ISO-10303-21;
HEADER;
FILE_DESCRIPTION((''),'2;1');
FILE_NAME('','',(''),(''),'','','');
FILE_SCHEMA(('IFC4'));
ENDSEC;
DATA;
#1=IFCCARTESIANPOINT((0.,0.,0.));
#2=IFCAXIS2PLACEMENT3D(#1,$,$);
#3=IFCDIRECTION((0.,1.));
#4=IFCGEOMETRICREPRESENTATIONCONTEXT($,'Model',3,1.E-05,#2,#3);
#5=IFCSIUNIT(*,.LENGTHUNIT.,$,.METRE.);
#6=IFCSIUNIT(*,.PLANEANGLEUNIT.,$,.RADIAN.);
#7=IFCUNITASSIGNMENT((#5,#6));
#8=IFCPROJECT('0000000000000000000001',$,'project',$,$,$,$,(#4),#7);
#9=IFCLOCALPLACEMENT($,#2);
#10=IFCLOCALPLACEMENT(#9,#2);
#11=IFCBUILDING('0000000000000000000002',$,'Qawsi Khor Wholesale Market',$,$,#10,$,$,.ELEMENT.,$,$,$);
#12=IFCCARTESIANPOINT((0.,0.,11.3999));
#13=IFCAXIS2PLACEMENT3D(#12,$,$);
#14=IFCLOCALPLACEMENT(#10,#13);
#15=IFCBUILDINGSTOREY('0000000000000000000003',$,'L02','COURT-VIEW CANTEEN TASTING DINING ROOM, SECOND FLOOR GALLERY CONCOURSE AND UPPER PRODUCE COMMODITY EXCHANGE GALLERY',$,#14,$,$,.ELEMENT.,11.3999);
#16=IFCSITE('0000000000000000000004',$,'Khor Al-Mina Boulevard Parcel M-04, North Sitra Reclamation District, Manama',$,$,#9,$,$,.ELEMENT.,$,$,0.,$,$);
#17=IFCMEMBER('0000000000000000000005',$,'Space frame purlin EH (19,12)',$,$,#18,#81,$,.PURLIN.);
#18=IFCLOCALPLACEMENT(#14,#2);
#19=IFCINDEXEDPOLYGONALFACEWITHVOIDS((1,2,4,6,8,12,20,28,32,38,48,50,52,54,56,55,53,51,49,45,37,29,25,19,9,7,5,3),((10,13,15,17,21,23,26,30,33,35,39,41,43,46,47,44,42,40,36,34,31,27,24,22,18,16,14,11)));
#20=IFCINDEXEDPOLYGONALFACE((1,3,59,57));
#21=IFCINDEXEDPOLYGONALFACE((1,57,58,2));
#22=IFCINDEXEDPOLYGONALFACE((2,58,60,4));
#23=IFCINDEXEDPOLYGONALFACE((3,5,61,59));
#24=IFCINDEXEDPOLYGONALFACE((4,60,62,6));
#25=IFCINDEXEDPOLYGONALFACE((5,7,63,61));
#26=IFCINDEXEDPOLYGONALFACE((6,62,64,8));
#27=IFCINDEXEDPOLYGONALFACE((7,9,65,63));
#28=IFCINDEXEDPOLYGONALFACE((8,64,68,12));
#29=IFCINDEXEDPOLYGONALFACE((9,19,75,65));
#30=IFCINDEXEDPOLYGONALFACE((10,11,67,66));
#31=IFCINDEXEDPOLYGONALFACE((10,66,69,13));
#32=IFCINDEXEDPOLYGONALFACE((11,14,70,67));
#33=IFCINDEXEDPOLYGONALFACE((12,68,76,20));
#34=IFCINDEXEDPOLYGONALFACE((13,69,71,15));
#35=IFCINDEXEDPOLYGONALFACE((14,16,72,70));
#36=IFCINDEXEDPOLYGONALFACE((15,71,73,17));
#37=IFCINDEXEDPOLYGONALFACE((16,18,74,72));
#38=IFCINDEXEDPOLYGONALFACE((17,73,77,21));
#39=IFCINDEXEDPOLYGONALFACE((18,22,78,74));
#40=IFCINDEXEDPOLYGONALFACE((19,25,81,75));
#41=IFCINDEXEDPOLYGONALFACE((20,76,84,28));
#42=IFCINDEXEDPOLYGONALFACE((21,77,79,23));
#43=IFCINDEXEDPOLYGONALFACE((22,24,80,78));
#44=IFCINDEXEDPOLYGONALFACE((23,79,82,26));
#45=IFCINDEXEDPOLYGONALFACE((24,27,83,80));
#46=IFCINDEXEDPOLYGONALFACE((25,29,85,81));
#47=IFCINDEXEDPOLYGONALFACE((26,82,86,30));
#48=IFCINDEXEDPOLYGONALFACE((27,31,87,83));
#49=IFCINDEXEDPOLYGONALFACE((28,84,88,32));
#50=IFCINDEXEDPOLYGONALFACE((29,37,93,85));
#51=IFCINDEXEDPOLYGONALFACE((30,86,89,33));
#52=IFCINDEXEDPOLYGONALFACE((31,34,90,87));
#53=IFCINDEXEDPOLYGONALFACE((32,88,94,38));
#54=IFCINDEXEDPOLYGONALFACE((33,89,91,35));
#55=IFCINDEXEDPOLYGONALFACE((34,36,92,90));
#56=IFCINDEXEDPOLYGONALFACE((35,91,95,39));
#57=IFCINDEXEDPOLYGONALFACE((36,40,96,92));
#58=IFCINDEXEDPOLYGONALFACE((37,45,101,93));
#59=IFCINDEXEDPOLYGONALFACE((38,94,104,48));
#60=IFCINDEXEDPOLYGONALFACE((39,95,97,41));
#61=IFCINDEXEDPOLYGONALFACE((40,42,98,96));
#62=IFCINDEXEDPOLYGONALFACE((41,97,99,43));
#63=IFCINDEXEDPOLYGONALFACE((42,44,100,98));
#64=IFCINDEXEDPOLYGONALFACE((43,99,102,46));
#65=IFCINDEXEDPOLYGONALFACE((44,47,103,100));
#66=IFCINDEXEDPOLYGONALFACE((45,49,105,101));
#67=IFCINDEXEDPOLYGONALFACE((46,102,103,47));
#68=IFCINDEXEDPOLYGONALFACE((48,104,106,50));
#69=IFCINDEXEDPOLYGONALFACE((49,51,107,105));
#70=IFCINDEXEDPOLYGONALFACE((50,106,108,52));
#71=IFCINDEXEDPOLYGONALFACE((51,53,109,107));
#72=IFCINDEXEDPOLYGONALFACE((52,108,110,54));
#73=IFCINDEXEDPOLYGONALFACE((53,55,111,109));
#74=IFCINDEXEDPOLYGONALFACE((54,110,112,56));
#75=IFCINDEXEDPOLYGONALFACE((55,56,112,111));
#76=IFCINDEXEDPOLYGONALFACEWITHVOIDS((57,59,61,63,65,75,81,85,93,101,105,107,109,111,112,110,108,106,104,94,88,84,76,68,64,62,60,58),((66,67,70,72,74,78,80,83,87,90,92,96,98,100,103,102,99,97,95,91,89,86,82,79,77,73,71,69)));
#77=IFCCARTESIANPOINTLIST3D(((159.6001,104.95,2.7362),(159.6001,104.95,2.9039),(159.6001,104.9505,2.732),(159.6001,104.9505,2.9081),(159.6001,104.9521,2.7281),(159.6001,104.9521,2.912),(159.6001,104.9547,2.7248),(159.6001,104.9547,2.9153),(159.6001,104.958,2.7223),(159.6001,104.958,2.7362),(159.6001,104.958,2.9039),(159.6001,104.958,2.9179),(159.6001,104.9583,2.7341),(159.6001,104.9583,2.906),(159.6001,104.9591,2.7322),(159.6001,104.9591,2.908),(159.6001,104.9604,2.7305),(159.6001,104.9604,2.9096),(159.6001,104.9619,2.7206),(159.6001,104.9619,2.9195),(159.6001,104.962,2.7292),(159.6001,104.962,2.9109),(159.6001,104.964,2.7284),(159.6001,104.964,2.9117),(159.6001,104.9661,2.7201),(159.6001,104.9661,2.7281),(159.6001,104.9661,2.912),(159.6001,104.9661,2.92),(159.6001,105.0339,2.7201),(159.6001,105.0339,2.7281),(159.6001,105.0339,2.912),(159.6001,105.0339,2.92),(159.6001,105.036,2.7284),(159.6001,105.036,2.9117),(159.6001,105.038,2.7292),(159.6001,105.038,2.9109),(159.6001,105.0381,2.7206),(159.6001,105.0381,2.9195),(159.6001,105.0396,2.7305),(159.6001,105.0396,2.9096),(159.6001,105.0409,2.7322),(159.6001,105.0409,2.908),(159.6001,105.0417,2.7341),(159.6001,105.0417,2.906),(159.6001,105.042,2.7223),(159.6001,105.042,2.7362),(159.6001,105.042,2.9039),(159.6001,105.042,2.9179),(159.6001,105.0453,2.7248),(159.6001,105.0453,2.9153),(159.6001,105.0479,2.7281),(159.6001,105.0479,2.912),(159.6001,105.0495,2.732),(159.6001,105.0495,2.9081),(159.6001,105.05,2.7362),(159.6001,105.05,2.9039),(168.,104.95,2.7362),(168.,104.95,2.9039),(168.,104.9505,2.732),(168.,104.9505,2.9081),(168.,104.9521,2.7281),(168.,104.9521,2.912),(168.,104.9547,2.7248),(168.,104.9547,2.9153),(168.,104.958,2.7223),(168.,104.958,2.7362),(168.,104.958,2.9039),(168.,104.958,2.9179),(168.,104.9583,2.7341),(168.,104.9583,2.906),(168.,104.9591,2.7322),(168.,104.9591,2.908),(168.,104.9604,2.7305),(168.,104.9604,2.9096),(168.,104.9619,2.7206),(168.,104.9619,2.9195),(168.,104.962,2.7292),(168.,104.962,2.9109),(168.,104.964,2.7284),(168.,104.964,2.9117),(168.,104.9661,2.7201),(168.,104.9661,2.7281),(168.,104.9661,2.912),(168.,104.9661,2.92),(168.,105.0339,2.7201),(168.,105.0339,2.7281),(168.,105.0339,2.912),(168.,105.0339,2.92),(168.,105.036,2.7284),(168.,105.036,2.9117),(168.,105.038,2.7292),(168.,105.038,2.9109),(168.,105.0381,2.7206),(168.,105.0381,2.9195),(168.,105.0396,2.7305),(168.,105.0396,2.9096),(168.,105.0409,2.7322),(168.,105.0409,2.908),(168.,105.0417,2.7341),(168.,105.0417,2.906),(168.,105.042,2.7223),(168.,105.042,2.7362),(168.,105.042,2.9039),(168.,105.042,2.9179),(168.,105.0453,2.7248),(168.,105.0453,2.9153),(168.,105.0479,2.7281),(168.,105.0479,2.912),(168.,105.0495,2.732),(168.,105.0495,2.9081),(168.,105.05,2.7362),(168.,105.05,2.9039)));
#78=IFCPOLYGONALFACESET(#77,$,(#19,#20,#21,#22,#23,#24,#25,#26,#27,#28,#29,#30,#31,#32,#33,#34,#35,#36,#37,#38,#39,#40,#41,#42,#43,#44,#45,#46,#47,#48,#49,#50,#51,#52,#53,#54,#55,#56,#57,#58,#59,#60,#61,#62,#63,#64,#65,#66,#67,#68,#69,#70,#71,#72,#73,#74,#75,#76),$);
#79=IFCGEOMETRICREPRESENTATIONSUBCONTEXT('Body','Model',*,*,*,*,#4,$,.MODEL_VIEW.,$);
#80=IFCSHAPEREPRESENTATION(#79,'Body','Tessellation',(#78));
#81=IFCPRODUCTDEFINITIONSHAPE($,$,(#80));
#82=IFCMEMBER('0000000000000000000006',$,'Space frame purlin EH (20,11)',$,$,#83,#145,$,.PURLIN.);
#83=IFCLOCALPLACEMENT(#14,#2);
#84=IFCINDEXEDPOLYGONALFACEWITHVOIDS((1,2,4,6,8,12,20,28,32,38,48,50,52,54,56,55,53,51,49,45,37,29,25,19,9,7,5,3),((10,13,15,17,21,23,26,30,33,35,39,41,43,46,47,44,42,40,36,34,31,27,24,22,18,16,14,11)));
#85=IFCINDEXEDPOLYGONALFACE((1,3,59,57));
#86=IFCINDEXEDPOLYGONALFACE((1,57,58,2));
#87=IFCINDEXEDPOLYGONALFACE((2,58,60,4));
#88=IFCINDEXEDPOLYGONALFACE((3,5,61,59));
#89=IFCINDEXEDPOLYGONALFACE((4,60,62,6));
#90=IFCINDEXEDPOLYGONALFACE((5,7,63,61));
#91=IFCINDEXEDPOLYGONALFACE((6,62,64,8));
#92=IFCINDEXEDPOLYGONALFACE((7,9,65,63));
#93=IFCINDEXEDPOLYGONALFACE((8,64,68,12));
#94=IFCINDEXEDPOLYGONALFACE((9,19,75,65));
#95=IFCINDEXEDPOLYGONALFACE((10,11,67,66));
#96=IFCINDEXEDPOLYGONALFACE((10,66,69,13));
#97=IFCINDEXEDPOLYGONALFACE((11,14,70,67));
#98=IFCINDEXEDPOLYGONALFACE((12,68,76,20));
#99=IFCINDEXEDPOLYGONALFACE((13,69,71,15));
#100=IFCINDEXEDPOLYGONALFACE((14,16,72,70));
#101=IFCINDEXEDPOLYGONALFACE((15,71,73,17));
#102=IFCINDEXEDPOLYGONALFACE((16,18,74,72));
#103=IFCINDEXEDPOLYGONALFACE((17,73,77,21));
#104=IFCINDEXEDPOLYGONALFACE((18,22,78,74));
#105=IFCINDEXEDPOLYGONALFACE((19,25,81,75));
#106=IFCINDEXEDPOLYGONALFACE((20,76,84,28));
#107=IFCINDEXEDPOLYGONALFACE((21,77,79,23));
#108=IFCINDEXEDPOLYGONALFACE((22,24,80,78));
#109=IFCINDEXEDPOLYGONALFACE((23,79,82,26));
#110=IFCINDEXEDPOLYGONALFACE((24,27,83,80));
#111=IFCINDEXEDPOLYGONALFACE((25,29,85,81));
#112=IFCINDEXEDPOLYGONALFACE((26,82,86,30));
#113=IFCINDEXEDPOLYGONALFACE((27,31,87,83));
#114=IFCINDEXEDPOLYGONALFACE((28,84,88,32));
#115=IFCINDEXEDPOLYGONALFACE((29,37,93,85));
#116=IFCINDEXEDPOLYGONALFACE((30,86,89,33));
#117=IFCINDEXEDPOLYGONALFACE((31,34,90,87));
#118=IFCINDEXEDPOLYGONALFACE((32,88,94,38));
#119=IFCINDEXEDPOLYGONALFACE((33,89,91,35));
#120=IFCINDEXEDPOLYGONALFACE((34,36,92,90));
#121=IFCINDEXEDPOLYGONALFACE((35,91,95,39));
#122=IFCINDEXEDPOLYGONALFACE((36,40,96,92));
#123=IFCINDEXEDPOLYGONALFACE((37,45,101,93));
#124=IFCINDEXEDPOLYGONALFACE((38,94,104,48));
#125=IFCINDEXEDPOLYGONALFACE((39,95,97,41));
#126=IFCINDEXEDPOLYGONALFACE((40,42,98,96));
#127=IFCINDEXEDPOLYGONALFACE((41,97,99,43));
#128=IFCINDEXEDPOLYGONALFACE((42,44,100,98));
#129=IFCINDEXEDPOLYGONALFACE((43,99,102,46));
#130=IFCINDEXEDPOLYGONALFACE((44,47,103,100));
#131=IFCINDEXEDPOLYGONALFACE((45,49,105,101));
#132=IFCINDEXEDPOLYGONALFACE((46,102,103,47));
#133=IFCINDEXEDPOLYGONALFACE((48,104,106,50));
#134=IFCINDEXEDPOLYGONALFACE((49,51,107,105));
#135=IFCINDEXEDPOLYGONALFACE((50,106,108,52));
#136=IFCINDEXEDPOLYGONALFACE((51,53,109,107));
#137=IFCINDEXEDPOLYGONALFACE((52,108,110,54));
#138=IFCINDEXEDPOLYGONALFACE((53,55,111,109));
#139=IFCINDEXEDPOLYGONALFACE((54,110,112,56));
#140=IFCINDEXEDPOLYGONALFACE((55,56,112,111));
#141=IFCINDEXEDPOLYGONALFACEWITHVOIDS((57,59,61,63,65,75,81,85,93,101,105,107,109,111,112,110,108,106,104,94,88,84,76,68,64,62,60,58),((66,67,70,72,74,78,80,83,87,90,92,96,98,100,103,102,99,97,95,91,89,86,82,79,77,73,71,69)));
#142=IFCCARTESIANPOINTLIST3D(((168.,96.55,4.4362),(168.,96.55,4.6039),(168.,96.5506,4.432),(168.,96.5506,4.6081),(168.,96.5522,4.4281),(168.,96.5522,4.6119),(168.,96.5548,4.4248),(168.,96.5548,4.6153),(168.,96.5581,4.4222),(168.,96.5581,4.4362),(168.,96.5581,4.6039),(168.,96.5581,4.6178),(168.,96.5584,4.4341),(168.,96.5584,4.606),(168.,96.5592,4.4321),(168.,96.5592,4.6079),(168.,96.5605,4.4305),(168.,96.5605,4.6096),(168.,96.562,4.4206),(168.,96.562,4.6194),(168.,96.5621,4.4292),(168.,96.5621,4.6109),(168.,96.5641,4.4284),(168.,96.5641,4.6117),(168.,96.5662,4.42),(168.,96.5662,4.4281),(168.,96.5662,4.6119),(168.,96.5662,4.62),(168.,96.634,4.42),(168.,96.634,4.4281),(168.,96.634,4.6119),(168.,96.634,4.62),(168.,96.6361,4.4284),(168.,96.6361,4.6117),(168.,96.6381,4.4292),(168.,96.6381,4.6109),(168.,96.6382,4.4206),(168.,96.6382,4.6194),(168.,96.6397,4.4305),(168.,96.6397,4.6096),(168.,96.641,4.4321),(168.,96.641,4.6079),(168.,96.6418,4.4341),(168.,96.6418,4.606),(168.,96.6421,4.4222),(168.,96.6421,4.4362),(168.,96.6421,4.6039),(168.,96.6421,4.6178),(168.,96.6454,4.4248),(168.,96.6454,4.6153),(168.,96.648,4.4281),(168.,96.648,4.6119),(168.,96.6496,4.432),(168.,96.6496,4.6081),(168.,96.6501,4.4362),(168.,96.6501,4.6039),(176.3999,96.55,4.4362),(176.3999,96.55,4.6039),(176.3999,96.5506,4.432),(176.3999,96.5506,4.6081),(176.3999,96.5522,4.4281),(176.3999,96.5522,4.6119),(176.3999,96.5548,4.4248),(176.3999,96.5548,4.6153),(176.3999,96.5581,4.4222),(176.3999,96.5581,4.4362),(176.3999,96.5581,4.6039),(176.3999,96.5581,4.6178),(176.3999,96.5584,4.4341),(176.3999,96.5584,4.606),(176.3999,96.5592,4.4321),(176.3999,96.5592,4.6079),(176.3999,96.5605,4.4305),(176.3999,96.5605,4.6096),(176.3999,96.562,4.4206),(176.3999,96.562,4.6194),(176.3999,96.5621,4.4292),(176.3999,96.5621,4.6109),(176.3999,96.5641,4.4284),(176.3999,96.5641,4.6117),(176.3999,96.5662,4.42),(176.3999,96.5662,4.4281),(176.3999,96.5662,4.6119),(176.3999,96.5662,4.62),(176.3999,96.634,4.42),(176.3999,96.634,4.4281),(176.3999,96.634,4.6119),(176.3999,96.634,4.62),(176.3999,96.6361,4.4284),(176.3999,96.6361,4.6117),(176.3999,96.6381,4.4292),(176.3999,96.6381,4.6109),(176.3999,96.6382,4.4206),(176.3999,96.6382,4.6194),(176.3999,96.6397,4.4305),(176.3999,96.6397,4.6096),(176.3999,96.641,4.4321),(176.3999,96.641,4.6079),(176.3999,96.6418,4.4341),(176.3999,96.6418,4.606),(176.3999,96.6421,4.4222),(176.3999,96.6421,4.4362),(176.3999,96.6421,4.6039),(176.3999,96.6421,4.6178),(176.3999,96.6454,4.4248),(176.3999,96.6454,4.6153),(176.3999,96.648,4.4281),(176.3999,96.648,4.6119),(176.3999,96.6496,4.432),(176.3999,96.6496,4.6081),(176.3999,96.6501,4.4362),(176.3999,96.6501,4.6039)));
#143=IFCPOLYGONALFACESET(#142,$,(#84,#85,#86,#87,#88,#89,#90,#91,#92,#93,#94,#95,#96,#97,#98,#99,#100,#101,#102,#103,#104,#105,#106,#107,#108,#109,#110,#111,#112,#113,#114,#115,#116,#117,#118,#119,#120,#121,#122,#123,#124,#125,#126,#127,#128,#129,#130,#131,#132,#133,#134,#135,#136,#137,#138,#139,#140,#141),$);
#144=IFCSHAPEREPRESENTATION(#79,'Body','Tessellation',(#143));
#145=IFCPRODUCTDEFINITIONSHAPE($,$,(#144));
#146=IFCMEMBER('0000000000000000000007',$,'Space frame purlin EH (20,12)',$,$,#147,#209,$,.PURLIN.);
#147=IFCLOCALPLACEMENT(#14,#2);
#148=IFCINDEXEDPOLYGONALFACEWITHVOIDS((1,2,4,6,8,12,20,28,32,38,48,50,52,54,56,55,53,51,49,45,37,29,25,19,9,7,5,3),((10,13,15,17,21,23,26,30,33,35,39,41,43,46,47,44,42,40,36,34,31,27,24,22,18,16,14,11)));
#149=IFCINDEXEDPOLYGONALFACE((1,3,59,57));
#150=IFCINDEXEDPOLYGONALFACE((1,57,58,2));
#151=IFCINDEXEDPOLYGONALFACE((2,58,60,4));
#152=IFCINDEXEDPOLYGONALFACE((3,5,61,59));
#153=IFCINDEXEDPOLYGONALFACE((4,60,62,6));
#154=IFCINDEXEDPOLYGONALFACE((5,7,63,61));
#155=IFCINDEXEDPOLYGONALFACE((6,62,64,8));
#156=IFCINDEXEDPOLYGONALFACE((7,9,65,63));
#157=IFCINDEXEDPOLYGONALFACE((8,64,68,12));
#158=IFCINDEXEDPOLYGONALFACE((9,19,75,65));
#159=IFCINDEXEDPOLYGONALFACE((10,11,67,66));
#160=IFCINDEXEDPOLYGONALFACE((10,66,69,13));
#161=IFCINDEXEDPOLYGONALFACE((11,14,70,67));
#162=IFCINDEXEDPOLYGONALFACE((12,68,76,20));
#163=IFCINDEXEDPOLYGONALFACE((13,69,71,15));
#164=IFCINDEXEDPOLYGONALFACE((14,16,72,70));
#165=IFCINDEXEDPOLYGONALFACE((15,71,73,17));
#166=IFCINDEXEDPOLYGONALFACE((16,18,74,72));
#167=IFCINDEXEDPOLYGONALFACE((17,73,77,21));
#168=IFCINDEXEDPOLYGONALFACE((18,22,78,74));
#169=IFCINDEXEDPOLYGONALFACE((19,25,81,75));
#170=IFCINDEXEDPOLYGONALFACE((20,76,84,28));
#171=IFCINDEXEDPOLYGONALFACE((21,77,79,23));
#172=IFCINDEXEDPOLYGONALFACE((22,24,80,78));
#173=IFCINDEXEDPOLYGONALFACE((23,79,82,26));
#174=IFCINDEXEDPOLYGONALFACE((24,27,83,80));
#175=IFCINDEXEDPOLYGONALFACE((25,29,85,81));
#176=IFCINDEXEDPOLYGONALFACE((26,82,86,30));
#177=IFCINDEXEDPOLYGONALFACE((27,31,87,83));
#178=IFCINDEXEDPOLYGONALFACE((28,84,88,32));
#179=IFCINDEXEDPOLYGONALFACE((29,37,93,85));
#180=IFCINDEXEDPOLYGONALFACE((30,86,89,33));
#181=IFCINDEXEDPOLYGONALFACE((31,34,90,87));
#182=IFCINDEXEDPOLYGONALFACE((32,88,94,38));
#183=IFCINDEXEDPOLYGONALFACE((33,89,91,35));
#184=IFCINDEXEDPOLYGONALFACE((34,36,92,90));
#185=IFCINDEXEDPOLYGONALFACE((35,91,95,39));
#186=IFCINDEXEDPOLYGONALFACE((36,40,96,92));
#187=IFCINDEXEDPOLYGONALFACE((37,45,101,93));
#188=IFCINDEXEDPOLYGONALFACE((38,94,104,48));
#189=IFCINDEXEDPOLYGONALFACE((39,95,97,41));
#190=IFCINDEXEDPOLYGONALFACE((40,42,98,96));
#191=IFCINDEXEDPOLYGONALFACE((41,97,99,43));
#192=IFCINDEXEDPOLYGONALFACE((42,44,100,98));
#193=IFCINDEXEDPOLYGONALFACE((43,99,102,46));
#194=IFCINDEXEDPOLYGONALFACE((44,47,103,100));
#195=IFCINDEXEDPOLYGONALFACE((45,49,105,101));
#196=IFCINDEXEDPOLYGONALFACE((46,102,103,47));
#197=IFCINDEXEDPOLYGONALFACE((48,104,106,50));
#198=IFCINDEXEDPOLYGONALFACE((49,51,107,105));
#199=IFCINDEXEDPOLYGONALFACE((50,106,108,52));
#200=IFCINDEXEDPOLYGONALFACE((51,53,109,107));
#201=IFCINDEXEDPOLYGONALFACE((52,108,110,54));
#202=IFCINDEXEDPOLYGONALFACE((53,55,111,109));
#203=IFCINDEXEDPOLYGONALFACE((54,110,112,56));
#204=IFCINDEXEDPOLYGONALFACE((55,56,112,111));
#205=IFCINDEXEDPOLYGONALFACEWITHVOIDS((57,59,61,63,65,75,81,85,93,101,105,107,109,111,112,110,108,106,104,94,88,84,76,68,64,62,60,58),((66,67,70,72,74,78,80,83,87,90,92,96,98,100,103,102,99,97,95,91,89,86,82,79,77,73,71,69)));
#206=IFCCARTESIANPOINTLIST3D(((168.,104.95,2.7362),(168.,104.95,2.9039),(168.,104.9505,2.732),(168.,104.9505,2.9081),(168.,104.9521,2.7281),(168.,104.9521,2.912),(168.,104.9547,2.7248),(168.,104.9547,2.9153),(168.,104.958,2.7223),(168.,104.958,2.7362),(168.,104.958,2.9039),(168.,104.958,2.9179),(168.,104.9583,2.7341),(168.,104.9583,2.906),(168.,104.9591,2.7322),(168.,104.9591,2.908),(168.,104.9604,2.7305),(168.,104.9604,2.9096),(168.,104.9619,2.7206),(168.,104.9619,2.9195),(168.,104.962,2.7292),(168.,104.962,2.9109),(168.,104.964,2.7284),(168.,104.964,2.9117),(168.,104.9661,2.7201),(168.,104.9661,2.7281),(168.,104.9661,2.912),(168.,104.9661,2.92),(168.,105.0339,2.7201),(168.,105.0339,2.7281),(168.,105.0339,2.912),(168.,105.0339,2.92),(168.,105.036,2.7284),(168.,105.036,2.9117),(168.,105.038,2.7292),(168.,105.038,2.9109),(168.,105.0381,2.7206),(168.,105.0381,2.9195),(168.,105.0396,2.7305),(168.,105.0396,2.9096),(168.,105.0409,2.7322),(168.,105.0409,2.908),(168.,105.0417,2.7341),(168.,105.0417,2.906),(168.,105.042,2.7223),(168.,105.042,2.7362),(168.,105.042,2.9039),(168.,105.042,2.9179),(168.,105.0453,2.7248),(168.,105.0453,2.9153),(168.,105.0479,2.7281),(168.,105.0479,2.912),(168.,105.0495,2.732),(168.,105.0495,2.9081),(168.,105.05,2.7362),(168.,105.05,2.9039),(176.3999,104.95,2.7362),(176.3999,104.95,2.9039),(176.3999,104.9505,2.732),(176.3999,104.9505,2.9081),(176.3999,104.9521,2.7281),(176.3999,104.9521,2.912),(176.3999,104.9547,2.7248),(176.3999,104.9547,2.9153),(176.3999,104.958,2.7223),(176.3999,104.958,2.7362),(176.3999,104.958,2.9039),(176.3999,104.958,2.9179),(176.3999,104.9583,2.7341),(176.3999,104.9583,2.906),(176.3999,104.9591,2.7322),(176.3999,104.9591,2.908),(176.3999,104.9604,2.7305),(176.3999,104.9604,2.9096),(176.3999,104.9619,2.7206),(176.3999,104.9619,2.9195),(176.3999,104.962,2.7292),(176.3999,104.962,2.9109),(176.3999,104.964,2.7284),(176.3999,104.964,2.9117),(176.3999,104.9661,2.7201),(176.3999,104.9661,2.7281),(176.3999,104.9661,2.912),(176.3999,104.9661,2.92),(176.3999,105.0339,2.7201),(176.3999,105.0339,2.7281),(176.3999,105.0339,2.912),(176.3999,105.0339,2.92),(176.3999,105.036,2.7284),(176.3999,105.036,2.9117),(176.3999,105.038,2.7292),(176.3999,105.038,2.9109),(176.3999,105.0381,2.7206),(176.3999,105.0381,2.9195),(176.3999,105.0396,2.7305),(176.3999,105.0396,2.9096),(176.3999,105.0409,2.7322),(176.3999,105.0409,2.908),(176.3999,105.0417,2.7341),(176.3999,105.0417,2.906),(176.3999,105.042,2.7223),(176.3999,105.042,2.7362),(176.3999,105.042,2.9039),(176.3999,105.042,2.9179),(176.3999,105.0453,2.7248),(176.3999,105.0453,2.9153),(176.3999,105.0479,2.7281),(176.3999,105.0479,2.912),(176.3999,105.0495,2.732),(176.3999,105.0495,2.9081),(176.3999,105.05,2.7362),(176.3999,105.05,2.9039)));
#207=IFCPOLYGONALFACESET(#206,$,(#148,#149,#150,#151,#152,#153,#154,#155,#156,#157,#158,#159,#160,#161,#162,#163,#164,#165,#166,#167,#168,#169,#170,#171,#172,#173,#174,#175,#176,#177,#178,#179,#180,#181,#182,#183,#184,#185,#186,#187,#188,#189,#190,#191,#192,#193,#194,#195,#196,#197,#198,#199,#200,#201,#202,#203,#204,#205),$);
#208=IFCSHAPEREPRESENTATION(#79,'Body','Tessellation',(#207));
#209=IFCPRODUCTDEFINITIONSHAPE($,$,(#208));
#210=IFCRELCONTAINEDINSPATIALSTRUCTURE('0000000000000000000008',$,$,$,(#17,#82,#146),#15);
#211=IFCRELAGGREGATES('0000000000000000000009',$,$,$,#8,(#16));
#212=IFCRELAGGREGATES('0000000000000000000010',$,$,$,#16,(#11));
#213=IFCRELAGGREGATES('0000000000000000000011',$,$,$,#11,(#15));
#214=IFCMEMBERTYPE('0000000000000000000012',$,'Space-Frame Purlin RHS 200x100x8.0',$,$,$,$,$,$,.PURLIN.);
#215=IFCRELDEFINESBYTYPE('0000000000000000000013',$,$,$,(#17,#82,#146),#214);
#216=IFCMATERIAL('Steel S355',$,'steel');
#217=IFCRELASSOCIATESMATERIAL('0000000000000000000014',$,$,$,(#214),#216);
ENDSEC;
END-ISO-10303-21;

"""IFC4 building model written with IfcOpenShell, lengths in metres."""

from ifc_helpers import new_model, si_unit, direction, frame, origin, origin_2d, place, context, subcontext, project, spatial, hollow_rectangle, extrude, material, material_profile, profile_set, type_object, element, save


model = new_model("IFC4")

# Units and contexts
model_context = context("Model", 3, precision=1e-05, world=origin(), true_north=direction((0.0, 1.0)))
body_context = subcontext(model_context, "Body", "Model", "MODEL_VIEW")
ifc_project = project(units=[si_unit("LENGTHUNIT", "METRE"), si_unit("PLANEANGLEUNIT", "RADIAN")], contexts=[model_context])

# Site, building, storey
site_placement = place(None, origin())
site = spatial("IfcSite", under=ifc_project, at=site_placement, Name="Khor Al-Mina Boulevard Parcel M-04, North Sitra Reclamation District, Manama", CompositionType="ELEMENT", RefElevation=0.0)
building_placement = place(site_placement, origin())
building = spatial("IfcBuilding", under=site, at=building_placement, Name="Qawsi Khor Wholesale Market", CompositionType="ELEMENT")
storey_placement = place(building_placement, frame((0.0, 0.0, 11.3999)))
storey = spatial("IfcBuildingStorey", under=building, at=storey_placement, Name="L02", Description="COURT-VIEW CANTEEN TASTING DINING ROOM, SECOND FLOOR GALLERY CONCOURSE AND UPPER PRODUCE COMMODITY EXCHANGE GALLERY", CompositionType="ELEMENT", Elevation=11.3999)

# Members
ifc_material_1 = material(Name="Steel S355", Category="steel")
ifc_material_profile_1 = material_profile(ifc_material_1, hollow_rectangle(XDim=0.1001, YDim=0.2, WallThickness=0.0081, InnerFilletRadius=0.0081, OuterFilletRadius=0.0161, at=origin_2d()), Name="RHS 200x100x8.0")
ifc_profile_set_1 = profile_set([ifc_material_profile_1], Name="Steel S355")
member_type_1 = type_object("IfcMemberType", Name="Space-Frame Purlin RHS 200x100x8.0", PredefinedType="PURLIN", material=ifc_profile_set_1)
for number, where, z_axis, x_axis, name in (
    (1, (159.6001, 105.0, 2.8201), (1.0, 0.0, 0.0), (0.0, 1.0, 0.0), "Space frame purlin EH (19,12)"),
    (2, (168.0, 96.6001, 4.52), (1.0, 0.0, 0.0), (0.0, 1.0, 0.0), "Space frame purlin EH (20,11)"),
    (3, (168.0, 105.0, 2.8201), (1.0, 0.0, 0.0), (0.0, 1.0, 0.0), "Space frame purlin EH (20,12)"),
):
    element("IfcMember", number, at=place(storey_placement, frame(where, z_axis=z_axis, x_axis=x_axis)), inside=storey, type_object=member_type_1, Name=name, PredefinedType="PURLIN", context=body_context, shape_type="SweptSolid", body=[
        extrude(hollow_rectangle(XDim=0.1001, YDim=0.2, WallThickness=0.0081, InnerFilletRadius=0.0081, OuterFilletRadius=0.0161, at=origin_2d()), origin(), (0.0, 0.0, 1.0), 8.3999),
    ])

save(model, "model.ifc")
